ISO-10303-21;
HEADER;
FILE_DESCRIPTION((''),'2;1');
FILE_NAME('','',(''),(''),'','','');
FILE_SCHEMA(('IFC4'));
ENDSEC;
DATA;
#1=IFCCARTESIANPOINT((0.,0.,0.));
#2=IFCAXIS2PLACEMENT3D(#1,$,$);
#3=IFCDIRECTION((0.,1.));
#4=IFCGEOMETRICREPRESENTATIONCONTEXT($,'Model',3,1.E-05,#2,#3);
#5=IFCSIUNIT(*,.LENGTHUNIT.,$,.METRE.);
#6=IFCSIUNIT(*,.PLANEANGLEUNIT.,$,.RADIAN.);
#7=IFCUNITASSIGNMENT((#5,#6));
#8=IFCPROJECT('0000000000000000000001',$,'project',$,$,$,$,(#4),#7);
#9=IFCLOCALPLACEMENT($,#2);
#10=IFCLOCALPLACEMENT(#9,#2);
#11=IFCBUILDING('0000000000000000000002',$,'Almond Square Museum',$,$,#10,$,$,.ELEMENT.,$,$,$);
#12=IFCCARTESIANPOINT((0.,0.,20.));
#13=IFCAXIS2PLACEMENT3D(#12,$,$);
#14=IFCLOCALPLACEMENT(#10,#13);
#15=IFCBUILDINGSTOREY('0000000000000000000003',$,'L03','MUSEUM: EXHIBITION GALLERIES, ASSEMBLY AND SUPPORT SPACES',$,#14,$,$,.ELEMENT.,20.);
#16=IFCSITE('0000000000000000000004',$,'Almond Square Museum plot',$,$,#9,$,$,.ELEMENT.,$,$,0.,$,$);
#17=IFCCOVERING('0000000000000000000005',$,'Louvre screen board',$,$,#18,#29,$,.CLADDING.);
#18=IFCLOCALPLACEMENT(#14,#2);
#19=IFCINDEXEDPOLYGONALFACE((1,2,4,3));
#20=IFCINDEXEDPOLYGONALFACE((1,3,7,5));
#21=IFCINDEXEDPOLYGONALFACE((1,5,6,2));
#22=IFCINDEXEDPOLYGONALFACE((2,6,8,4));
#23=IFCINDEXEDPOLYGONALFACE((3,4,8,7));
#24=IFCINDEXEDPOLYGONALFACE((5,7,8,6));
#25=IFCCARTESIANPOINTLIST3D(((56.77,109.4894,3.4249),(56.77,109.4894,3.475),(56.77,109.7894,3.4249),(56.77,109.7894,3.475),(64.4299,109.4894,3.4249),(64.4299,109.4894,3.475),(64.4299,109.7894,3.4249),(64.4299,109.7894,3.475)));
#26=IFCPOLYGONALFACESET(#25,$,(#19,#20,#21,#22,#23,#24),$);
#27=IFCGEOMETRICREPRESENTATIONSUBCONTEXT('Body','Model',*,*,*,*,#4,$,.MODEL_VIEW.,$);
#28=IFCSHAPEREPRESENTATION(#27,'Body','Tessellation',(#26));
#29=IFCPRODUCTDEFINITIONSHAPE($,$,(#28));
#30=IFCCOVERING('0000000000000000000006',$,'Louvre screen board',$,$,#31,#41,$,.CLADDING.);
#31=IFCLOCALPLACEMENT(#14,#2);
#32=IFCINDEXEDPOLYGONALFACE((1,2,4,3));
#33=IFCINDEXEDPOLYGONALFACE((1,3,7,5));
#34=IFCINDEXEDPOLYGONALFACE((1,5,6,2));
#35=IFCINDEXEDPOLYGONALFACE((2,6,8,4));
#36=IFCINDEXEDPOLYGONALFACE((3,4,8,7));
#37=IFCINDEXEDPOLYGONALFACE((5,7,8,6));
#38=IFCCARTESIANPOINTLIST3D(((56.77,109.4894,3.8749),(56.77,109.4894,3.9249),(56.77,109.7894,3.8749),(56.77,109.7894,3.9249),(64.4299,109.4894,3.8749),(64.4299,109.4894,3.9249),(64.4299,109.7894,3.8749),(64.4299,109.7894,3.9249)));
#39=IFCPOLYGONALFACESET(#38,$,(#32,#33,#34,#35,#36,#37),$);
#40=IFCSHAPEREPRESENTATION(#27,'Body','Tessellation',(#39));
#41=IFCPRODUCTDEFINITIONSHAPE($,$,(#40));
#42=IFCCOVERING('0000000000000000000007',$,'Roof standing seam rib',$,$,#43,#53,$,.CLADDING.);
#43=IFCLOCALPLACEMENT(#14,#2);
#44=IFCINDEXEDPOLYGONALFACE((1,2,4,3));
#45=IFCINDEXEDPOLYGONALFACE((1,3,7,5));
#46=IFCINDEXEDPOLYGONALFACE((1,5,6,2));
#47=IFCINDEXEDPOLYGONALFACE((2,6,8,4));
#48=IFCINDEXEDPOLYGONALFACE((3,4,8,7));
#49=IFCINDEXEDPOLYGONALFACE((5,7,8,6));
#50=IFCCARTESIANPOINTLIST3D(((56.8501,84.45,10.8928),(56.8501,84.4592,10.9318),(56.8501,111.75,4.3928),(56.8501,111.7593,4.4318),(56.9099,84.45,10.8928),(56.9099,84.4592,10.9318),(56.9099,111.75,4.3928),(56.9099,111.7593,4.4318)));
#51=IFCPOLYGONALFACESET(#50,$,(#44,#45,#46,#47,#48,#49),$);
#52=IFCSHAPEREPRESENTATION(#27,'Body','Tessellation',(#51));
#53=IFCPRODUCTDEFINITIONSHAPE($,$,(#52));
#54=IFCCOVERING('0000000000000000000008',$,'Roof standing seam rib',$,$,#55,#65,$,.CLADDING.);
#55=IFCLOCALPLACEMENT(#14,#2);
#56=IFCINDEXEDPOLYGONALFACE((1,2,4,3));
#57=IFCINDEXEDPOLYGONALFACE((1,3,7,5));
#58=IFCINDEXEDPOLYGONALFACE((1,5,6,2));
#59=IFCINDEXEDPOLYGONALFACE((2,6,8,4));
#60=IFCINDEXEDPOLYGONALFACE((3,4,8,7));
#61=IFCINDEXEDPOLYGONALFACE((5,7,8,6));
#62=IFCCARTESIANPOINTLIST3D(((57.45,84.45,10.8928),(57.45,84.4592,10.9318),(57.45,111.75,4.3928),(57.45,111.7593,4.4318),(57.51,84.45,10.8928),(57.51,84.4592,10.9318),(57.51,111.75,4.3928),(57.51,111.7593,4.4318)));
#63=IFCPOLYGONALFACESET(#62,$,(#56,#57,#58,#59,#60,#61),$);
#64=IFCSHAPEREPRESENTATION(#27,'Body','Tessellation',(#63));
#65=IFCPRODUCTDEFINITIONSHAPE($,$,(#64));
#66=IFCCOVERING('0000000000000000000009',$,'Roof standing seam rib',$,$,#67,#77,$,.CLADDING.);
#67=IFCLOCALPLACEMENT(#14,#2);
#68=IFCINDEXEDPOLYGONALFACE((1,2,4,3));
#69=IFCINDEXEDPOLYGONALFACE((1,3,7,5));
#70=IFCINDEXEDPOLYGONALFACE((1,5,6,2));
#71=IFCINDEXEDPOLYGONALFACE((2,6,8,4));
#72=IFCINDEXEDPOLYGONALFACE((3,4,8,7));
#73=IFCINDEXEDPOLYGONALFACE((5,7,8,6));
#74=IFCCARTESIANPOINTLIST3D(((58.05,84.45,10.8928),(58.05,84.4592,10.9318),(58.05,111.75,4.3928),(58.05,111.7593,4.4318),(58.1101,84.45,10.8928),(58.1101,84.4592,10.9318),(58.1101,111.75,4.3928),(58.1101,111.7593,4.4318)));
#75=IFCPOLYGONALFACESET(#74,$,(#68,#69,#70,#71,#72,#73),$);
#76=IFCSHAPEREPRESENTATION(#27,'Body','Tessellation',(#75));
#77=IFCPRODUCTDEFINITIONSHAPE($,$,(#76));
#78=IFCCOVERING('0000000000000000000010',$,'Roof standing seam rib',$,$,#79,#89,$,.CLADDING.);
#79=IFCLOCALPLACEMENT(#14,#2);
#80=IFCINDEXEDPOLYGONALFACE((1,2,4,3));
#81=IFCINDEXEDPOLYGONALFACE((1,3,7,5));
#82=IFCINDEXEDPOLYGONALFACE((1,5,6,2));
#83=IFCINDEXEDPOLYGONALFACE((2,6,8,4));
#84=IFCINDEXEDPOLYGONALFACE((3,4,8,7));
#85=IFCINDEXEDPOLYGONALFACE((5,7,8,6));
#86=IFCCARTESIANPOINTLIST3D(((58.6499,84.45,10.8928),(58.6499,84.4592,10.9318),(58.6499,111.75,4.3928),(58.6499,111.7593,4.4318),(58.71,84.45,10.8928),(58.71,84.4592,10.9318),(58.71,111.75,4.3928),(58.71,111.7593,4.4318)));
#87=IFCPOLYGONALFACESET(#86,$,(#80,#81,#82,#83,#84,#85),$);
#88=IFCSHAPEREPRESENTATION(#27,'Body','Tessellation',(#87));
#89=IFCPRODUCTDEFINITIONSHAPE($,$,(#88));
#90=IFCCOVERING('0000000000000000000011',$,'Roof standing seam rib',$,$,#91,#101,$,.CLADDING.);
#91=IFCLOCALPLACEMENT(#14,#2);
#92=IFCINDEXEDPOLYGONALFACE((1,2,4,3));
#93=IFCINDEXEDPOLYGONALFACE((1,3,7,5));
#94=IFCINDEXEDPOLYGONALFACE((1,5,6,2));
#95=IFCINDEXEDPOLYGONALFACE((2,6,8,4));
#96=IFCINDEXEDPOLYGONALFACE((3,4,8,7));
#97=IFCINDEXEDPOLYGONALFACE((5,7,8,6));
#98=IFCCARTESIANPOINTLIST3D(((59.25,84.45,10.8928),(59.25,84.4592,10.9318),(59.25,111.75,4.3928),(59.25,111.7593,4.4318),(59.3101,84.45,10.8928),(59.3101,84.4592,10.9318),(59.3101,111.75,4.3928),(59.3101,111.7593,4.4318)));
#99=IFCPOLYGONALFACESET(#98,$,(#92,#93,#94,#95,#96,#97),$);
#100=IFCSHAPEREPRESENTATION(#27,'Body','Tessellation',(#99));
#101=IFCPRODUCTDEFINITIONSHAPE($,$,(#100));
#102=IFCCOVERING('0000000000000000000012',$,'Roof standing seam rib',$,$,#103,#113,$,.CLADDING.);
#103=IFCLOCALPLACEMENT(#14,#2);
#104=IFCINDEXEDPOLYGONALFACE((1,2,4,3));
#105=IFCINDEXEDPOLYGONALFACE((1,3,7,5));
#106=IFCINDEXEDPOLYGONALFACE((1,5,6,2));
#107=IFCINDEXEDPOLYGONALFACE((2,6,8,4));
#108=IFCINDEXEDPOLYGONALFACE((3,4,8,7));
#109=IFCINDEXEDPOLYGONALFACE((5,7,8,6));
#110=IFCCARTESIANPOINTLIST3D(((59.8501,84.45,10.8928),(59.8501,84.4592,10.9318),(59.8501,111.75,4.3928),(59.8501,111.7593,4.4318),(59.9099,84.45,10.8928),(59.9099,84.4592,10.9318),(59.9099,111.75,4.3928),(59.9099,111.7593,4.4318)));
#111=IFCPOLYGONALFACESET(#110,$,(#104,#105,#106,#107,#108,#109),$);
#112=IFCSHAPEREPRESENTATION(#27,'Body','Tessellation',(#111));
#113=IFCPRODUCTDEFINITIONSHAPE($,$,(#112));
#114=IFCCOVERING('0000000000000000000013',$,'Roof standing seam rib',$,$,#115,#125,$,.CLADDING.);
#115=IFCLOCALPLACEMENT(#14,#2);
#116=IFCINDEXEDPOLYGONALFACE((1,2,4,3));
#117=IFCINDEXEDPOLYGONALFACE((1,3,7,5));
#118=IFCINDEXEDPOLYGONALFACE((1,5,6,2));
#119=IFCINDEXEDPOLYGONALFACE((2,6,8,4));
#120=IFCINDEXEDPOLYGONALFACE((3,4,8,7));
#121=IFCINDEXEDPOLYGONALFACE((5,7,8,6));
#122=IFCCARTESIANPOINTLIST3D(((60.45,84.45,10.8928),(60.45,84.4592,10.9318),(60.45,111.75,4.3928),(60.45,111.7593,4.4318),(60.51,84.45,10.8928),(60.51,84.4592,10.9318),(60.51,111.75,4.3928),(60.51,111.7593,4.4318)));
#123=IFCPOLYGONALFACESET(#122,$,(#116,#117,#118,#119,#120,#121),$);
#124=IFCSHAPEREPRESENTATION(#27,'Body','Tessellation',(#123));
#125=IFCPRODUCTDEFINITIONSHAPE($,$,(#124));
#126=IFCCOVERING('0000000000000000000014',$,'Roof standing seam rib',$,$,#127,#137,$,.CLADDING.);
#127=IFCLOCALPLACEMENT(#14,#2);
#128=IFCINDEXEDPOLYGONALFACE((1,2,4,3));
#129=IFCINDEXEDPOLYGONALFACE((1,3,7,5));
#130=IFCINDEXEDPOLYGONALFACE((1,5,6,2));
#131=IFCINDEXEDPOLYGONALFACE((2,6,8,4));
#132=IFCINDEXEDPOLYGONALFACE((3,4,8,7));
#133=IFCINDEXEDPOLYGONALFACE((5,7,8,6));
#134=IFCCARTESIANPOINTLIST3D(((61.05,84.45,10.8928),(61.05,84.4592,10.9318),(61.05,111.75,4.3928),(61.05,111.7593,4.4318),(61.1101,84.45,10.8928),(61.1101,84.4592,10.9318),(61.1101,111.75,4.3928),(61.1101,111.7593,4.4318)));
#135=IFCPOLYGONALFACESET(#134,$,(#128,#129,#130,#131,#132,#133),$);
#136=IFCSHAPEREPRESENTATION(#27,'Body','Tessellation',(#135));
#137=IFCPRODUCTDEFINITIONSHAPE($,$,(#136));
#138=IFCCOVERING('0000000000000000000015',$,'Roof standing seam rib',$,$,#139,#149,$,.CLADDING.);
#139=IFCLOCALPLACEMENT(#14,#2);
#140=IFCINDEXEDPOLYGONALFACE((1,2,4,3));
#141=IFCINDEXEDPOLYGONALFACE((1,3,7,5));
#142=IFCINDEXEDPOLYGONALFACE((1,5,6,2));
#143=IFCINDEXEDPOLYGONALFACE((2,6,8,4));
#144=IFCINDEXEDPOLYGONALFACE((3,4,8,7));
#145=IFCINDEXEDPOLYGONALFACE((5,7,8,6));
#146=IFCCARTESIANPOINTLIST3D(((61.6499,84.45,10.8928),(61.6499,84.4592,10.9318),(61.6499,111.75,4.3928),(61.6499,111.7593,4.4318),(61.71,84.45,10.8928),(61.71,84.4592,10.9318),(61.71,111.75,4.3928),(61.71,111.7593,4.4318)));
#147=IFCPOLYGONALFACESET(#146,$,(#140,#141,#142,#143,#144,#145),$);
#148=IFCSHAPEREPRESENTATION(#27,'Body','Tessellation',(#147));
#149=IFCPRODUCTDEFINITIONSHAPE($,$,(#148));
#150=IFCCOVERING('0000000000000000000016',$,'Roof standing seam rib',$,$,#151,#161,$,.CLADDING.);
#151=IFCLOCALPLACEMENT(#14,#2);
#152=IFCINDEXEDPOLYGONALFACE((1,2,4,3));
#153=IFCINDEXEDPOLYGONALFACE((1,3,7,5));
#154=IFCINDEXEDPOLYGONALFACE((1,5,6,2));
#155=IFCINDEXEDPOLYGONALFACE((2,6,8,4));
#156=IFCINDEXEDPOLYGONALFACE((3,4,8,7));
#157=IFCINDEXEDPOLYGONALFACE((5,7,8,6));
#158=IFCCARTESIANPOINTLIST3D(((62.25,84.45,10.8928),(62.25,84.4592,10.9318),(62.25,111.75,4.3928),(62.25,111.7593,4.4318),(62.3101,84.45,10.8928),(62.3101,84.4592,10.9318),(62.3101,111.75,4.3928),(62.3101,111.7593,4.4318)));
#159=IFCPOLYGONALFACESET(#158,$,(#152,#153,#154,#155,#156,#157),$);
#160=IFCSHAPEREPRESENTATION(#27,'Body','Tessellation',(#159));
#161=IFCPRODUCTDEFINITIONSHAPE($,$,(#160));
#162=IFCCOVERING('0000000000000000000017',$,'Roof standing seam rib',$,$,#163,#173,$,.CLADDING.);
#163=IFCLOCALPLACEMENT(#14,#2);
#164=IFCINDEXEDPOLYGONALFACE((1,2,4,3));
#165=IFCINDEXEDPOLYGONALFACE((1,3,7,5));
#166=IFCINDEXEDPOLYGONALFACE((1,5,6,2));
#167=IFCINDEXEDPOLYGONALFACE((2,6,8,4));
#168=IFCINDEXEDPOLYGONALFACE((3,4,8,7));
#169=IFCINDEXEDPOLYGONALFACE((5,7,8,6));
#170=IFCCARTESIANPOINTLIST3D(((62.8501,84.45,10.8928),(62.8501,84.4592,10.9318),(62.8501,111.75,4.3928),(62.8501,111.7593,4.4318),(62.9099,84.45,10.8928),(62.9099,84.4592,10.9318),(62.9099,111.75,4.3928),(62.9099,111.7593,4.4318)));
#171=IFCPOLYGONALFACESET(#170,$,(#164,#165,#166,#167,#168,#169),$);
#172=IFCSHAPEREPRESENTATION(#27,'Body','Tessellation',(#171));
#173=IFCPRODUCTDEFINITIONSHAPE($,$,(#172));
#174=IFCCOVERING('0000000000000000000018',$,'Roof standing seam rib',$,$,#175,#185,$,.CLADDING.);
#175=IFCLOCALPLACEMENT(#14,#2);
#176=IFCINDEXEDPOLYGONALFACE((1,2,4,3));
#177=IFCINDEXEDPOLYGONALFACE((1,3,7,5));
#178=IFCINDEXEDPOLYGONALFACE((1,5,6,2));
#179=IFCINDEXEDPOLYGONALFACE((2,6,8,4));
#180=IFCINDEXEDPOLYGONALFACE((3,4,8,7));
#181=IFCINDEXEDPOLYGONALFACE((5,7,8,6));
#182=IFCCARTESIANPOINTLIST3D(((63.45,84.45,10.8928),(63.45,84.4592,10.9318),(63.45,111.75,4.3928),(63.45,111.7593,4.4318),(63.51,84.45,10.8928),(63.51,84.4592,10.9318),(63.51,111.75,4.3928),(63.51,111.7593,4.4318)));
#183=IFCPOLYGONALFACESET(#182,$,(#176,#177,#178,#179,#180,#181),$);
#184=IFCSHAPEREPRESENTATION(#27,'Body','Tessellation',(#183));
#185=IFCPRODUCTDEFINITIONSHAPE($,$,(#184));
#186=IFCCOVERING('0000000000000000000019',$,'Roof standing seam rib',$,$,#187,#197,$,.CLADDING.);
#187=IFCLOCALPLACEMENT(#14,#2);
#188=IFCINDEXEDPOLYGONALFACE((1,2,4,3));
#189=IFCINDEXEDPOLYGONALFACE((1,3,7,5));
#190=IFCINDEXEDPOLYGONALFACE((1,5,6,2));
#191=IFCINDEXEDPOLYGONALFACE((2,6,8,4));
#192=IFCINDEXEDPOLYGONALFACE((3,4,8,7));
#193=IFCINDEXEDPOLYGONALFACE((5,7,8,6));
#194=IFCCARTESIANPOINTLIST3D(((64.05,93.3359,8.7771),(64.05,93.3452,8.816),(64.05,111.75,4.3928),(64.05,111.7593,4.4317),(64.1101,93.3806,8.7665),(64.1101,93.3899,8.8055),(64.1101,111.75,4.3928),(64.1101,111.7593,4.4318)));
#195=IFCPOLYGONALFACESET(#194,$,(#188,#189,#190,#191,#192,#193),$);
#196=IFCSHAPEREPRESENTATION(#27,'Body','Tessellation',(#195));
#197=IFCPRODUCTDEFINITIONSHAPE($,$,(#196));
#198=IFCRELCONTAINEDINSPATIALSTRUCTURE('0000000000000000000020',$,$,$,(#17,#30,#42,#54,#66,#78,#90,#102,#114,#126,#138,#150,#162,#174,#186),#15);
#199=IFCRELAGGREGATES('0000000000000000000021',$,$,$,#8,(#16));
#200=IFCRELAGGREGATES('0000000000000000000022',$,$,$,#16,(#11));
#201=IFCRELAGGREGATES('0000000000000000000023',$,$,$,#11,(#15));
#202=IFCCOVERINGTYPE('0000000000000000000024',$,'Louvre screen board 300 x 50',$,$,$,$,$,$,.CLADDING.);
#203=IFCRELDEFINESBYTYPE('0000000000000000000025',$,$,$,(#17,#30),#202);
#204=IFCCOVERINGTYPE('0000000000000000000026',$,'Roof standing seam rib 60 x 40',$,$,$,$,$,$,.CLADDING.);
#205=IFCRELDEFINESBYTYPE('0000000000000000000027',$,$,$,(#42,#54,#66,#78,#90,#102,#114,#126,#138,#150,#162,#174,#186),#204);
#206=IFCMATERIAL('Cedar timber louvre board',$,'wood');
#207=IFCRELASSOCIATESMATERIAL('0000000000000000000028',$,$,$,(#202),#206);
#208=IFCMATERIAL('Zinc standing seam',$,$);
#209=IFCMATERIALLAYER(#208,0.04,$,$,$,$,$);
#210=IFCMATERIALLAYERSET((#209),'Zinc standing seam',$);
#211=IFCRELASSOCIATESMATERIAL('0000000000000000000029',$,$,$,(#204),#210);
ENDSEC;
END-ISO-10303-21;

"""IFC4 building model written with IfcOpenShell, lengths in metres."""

from ifc_helpers import new_model, si_unit, direction, frame, origin, origin_2d, place, context, subcontext, project, spatial, polyline, rectangle, outline, extrude, material, layer, layer_set, material_profile, profile_set, type_object, element, save


model = new_model("IFC4")

# Units and contexts
model_context = context("Model", 3, precision=1e-05, world=origin(), true_north=direction((0.0, 1.0)))
body_context = subcontext(model_context, "Body", "Model", "MODEL_VIEW")
ifc_project = project(units=[si_unit("LENGTHUNIT", "METRE"), si_unit("PLANEANGLEUNIT", "RADIAN")], contexts=[model_context])

# Site, building, storey
site_placement = place(None, origin())
site = spatial("IfcSite", under=ifc_project, at=site_placement, Name="Almond Square Museum plot", CompositionType="ELEMENT", RefElevation=0.0)
building_placement = place(site_placement, origin())
building = spatial("IfcBuilding", under=site, at=building_placement, Name="Almond Square Museum", CompositionType="ELEMENT")
storey_placement = place(building_placement, frame((0.0, 0.0, 20.0)))
storey = spatial("IfcBuildingStorey", under=building, at=storey_placement, Name="L03", Description="MUSEUM: EXHIBITION GALLERIES, ASSEMBLY AND SUPPORT SPACES", CompositionType="ELEMENT", Elevation=20.0)

# Coverings
ifc_material_1 = material(Name="Cedar timber louvre board", Category="wood")
ifc_material_profile_1 = material_profile(ifc_material_1, rectangle(XDim=0.3, YDim=0.05, at=origin_2d()))
ifc_profile_set_1 = profile_set([ifc_material_profile_1], Name="Cedar timber louvre board")
covering_type_1 = type_object("IfcCoveringType", Name="Louvre screen board 300 x 50", PredefinedType="CLADDING", material=ifc_profile_set_1)
for number, where, z_axis, x_axis, name in (
    (1, (56.77, 109.6394, 3.45), (1.0, 0.0, 0.0), (0.0, 1.0, 0.0), "Louvre screen board"),
    (2, (56.77, 109.6394, 3.8999), (1.0, 0.0, 0.0), (0.0, 1.0, 0.0), "Louvre screen board"),
):
    element("IfcCovering", number, at=place(storey_placement, frame(where, z_axis=z_axis, x_axis=x_axis)), inside=storey, type_object=covering_type_1, Name=name, PredefinedType="CLADDING", context=body_context, shape_type="SweptSolid", body=[
        extrude(rectangle(XDim=0.3, YDim=0.05, at=origin_2d()), origin(), (0.0, 0.0, 1.0), 7.6599),
    ])
ifc_material_2 = material(Name="Zinc standing seam")
ifc_layer = layer(ifc_material_2, 0.04)
ifc_layer_set = layer_set([ifc_layer], Name="Zinc standing seam")
covering_type_2 = type_object("IfcCoveringType", Name="Roof standing seam rib 60 x 40", PredefinedType="CLADDING", material=ifc_layer_set)
covering_1_placement = place(storey_placement, frame((56.9099, 111.75, 4.3928), z_axis=(0.0, 0.23162, 0.972806), x_axis=(-1.0, 0.0, 0.0)))
element("IfcCovering", 3, at=covering_1_placement, inside=storey, type_object=covering_type_2, Name="Roof standing seam rib", PredefinedType="CLADDING", context=body_context, shape_type="SweptSolid", body=[
    extrude(outline(polyline([(0.0, 0.0), (0.0598, 0.0), (0.0598, 28.0632), (0.0, 28.0632), (0.0, 0.0)])), origin(), (0.0, 0.0, 1.0), 0.04),
])
for number, where, z_axis, x_axis, name in (
    (4, (57.51, 111.75, 4.3928), (0.0, 0.23162, 0.972806), (-1.0, 0.0, 0.0), "Roof standing seam rib"),
    (5, (58.1101, 111.75, 4.3928), (0.0, 0.23162, 0.972806), (-1.0, 0.0, 0.0), "Roof standing seam rib"),
    (6, (58.71, 111.75, 4.3928), (0.0, 0.23162, 0.972806), (-1.0, 0.0, 0.0), "Roof standing seam rib"),
    (7, (59.3101, 111.75, 4.3928), (0.0, 0.23162, 0.972806), (-1.0, 0.0, 0.0), "Roof standing seam rib"),
):
    element("IfcCovering", number, at=place(storey_placement, frame(where, z_axis=z_axis, x_axis=x_axis)), inside=storey, type_object=covering_type_2, Name=name, PredefinedType="CLADDING", context=body_context, shape_type="SweptSolid", body=[
        extrude(outline(polyline([(0.0, 0.0), (0.0601, 0.0), (0.0601, 28.0632), (0.0, 28.0632), (0.0, 0.0)])), origin(), (0.0, 0.0, 1.0), 0.04),
    ])
covering_2_placement = place(storey_placement, frame((59.9099, 111.75, 4.3928), z_axis=(0.0, 0.23162, 0.972806), x_axis=(-1.0, 0.0, 0.0)))
element("IfcCovering", 8, at=covering_2_placement, inside=storey, type_object=covering_type_2, Name="Roof standing seam rib", PredefinedType="CLADDING", context=body_context, shape_type="SweptSolid", body=[
    extrude(outline(polyline([(0.0, 0.0), (0.0598, 0.0), (0.0598, 28.0632), (0.0, 28.0632), (0.0, 0.0)])), origin(), (0.0, 0.0, 1.0), 0.04),
])
for number, where, z_axis, x_axis, name in (
    (9, (60.51, 111.75, 4.3928), (0.0, 0.23162, 0.972806), (-1.0, 0.0, 0.0), "Roof standing seam rib"),
    (10, (61.1101, 111.75, 4.3928), (0.0, 0.23162, 0.972806), (-1.0, 0.0, 0.0), "Roof standing seam rib"),
    (11, (61.71, 111.75, 4.3928), (0.0, 0.23162, 0.972806), (-1.0, 0.0, 0.0), "Roof standing seam rib"),
    (12, (62.3101, 111.75, 4.3928), (0.0, 0.23162, 0.972806), (-1.0, 0.0, 0.0), "Roof standing seam rib"),
):
    element("IfcCovering", number, at=place(storey_placement, frame(where, z_axis=z_axis, x_axis=x_axis)), inside=storey, type_object=covering_type_2, Name=name, PredefinedType="CLADDING", context=body_context, shape_type="SweptSolid", body=[
        extrude(outline(polyline([(0.0, 0.0), (0.0601, 0.0), (0.0601, 28.0632), (0.0, 28.0632), (0.0, 0.0)])), origin(), (0.0, 0.0, 1.0), 0.04),
    ])
covering_3_placement = place(storey_placement, frame((62.9099, 111.75, 4.3928), z_axis=(0.0, 0.23162, 0.972806), x_axis=(-1.0, 0.0, 0.0)))
element("IfcCovering", 13, at=covering_3_placement, inside=storey, type_object=covering_type_2, Name="Roof standing seam rib", PredefinedType="CLADDING", context=body_context, shape_type="SweptSolid", body=[
    extrude(outline(polyline([(0.0, 0.0), (0.0598, 0.0), (0.0598, 28.0632), (0.0, 28.0632), (0.0, 0.0)])), origin(), (0.0, 0.0, 1.0), 0.04),
])
covering_4_placement = place(storey_placement, frame((63.51, 111.75, 4.3928), z_axis=(0.0, 0.23162, 0.972806), x_axis=(-1.0, 0.0, 0.0)))
element("IfcCovering", 14, at=covering_4_placement, inside=storey, type_object=covering_type_2, Name="Roof standing seam rib", PredefinedType="CLADDING", context=body_context, shape_type="SweptSolid", body=[
    extrude(outline(polyline([(0.0, 0.0), (0.0601, 0.0), (0.0601, 28.0632), (0.0, 28.0632), (0.0, 0.0)])), origin(), (0.0, 0.0, 1.0), 0.04),
])
covering_5_placement = place(storey_placement, frame((64.1101, 111.75, 4.3928), z_axis=(-0.001131, 0.231623, 0.972805), x_axis=(-0.999999, -0.000262, -0.0011)))
element("IfcCovering", 15, at=covering_5_placement, inside=storey, type_object=covering_type_2, Name="Roof standing seam rib", PredefinedType="CLADDING", context=body_context, shape_type="SweptSolid", body=[
    extrude(outline(polyline([(0.0, 0.0), (0.0601, 0.0), (0.0601, 18.9288), (0.0, 18.8829), (0.0, 0.0)])), origin(), (0.0, 0.0, 1.0), 0.04),
])

save(model, "model.ifc")
